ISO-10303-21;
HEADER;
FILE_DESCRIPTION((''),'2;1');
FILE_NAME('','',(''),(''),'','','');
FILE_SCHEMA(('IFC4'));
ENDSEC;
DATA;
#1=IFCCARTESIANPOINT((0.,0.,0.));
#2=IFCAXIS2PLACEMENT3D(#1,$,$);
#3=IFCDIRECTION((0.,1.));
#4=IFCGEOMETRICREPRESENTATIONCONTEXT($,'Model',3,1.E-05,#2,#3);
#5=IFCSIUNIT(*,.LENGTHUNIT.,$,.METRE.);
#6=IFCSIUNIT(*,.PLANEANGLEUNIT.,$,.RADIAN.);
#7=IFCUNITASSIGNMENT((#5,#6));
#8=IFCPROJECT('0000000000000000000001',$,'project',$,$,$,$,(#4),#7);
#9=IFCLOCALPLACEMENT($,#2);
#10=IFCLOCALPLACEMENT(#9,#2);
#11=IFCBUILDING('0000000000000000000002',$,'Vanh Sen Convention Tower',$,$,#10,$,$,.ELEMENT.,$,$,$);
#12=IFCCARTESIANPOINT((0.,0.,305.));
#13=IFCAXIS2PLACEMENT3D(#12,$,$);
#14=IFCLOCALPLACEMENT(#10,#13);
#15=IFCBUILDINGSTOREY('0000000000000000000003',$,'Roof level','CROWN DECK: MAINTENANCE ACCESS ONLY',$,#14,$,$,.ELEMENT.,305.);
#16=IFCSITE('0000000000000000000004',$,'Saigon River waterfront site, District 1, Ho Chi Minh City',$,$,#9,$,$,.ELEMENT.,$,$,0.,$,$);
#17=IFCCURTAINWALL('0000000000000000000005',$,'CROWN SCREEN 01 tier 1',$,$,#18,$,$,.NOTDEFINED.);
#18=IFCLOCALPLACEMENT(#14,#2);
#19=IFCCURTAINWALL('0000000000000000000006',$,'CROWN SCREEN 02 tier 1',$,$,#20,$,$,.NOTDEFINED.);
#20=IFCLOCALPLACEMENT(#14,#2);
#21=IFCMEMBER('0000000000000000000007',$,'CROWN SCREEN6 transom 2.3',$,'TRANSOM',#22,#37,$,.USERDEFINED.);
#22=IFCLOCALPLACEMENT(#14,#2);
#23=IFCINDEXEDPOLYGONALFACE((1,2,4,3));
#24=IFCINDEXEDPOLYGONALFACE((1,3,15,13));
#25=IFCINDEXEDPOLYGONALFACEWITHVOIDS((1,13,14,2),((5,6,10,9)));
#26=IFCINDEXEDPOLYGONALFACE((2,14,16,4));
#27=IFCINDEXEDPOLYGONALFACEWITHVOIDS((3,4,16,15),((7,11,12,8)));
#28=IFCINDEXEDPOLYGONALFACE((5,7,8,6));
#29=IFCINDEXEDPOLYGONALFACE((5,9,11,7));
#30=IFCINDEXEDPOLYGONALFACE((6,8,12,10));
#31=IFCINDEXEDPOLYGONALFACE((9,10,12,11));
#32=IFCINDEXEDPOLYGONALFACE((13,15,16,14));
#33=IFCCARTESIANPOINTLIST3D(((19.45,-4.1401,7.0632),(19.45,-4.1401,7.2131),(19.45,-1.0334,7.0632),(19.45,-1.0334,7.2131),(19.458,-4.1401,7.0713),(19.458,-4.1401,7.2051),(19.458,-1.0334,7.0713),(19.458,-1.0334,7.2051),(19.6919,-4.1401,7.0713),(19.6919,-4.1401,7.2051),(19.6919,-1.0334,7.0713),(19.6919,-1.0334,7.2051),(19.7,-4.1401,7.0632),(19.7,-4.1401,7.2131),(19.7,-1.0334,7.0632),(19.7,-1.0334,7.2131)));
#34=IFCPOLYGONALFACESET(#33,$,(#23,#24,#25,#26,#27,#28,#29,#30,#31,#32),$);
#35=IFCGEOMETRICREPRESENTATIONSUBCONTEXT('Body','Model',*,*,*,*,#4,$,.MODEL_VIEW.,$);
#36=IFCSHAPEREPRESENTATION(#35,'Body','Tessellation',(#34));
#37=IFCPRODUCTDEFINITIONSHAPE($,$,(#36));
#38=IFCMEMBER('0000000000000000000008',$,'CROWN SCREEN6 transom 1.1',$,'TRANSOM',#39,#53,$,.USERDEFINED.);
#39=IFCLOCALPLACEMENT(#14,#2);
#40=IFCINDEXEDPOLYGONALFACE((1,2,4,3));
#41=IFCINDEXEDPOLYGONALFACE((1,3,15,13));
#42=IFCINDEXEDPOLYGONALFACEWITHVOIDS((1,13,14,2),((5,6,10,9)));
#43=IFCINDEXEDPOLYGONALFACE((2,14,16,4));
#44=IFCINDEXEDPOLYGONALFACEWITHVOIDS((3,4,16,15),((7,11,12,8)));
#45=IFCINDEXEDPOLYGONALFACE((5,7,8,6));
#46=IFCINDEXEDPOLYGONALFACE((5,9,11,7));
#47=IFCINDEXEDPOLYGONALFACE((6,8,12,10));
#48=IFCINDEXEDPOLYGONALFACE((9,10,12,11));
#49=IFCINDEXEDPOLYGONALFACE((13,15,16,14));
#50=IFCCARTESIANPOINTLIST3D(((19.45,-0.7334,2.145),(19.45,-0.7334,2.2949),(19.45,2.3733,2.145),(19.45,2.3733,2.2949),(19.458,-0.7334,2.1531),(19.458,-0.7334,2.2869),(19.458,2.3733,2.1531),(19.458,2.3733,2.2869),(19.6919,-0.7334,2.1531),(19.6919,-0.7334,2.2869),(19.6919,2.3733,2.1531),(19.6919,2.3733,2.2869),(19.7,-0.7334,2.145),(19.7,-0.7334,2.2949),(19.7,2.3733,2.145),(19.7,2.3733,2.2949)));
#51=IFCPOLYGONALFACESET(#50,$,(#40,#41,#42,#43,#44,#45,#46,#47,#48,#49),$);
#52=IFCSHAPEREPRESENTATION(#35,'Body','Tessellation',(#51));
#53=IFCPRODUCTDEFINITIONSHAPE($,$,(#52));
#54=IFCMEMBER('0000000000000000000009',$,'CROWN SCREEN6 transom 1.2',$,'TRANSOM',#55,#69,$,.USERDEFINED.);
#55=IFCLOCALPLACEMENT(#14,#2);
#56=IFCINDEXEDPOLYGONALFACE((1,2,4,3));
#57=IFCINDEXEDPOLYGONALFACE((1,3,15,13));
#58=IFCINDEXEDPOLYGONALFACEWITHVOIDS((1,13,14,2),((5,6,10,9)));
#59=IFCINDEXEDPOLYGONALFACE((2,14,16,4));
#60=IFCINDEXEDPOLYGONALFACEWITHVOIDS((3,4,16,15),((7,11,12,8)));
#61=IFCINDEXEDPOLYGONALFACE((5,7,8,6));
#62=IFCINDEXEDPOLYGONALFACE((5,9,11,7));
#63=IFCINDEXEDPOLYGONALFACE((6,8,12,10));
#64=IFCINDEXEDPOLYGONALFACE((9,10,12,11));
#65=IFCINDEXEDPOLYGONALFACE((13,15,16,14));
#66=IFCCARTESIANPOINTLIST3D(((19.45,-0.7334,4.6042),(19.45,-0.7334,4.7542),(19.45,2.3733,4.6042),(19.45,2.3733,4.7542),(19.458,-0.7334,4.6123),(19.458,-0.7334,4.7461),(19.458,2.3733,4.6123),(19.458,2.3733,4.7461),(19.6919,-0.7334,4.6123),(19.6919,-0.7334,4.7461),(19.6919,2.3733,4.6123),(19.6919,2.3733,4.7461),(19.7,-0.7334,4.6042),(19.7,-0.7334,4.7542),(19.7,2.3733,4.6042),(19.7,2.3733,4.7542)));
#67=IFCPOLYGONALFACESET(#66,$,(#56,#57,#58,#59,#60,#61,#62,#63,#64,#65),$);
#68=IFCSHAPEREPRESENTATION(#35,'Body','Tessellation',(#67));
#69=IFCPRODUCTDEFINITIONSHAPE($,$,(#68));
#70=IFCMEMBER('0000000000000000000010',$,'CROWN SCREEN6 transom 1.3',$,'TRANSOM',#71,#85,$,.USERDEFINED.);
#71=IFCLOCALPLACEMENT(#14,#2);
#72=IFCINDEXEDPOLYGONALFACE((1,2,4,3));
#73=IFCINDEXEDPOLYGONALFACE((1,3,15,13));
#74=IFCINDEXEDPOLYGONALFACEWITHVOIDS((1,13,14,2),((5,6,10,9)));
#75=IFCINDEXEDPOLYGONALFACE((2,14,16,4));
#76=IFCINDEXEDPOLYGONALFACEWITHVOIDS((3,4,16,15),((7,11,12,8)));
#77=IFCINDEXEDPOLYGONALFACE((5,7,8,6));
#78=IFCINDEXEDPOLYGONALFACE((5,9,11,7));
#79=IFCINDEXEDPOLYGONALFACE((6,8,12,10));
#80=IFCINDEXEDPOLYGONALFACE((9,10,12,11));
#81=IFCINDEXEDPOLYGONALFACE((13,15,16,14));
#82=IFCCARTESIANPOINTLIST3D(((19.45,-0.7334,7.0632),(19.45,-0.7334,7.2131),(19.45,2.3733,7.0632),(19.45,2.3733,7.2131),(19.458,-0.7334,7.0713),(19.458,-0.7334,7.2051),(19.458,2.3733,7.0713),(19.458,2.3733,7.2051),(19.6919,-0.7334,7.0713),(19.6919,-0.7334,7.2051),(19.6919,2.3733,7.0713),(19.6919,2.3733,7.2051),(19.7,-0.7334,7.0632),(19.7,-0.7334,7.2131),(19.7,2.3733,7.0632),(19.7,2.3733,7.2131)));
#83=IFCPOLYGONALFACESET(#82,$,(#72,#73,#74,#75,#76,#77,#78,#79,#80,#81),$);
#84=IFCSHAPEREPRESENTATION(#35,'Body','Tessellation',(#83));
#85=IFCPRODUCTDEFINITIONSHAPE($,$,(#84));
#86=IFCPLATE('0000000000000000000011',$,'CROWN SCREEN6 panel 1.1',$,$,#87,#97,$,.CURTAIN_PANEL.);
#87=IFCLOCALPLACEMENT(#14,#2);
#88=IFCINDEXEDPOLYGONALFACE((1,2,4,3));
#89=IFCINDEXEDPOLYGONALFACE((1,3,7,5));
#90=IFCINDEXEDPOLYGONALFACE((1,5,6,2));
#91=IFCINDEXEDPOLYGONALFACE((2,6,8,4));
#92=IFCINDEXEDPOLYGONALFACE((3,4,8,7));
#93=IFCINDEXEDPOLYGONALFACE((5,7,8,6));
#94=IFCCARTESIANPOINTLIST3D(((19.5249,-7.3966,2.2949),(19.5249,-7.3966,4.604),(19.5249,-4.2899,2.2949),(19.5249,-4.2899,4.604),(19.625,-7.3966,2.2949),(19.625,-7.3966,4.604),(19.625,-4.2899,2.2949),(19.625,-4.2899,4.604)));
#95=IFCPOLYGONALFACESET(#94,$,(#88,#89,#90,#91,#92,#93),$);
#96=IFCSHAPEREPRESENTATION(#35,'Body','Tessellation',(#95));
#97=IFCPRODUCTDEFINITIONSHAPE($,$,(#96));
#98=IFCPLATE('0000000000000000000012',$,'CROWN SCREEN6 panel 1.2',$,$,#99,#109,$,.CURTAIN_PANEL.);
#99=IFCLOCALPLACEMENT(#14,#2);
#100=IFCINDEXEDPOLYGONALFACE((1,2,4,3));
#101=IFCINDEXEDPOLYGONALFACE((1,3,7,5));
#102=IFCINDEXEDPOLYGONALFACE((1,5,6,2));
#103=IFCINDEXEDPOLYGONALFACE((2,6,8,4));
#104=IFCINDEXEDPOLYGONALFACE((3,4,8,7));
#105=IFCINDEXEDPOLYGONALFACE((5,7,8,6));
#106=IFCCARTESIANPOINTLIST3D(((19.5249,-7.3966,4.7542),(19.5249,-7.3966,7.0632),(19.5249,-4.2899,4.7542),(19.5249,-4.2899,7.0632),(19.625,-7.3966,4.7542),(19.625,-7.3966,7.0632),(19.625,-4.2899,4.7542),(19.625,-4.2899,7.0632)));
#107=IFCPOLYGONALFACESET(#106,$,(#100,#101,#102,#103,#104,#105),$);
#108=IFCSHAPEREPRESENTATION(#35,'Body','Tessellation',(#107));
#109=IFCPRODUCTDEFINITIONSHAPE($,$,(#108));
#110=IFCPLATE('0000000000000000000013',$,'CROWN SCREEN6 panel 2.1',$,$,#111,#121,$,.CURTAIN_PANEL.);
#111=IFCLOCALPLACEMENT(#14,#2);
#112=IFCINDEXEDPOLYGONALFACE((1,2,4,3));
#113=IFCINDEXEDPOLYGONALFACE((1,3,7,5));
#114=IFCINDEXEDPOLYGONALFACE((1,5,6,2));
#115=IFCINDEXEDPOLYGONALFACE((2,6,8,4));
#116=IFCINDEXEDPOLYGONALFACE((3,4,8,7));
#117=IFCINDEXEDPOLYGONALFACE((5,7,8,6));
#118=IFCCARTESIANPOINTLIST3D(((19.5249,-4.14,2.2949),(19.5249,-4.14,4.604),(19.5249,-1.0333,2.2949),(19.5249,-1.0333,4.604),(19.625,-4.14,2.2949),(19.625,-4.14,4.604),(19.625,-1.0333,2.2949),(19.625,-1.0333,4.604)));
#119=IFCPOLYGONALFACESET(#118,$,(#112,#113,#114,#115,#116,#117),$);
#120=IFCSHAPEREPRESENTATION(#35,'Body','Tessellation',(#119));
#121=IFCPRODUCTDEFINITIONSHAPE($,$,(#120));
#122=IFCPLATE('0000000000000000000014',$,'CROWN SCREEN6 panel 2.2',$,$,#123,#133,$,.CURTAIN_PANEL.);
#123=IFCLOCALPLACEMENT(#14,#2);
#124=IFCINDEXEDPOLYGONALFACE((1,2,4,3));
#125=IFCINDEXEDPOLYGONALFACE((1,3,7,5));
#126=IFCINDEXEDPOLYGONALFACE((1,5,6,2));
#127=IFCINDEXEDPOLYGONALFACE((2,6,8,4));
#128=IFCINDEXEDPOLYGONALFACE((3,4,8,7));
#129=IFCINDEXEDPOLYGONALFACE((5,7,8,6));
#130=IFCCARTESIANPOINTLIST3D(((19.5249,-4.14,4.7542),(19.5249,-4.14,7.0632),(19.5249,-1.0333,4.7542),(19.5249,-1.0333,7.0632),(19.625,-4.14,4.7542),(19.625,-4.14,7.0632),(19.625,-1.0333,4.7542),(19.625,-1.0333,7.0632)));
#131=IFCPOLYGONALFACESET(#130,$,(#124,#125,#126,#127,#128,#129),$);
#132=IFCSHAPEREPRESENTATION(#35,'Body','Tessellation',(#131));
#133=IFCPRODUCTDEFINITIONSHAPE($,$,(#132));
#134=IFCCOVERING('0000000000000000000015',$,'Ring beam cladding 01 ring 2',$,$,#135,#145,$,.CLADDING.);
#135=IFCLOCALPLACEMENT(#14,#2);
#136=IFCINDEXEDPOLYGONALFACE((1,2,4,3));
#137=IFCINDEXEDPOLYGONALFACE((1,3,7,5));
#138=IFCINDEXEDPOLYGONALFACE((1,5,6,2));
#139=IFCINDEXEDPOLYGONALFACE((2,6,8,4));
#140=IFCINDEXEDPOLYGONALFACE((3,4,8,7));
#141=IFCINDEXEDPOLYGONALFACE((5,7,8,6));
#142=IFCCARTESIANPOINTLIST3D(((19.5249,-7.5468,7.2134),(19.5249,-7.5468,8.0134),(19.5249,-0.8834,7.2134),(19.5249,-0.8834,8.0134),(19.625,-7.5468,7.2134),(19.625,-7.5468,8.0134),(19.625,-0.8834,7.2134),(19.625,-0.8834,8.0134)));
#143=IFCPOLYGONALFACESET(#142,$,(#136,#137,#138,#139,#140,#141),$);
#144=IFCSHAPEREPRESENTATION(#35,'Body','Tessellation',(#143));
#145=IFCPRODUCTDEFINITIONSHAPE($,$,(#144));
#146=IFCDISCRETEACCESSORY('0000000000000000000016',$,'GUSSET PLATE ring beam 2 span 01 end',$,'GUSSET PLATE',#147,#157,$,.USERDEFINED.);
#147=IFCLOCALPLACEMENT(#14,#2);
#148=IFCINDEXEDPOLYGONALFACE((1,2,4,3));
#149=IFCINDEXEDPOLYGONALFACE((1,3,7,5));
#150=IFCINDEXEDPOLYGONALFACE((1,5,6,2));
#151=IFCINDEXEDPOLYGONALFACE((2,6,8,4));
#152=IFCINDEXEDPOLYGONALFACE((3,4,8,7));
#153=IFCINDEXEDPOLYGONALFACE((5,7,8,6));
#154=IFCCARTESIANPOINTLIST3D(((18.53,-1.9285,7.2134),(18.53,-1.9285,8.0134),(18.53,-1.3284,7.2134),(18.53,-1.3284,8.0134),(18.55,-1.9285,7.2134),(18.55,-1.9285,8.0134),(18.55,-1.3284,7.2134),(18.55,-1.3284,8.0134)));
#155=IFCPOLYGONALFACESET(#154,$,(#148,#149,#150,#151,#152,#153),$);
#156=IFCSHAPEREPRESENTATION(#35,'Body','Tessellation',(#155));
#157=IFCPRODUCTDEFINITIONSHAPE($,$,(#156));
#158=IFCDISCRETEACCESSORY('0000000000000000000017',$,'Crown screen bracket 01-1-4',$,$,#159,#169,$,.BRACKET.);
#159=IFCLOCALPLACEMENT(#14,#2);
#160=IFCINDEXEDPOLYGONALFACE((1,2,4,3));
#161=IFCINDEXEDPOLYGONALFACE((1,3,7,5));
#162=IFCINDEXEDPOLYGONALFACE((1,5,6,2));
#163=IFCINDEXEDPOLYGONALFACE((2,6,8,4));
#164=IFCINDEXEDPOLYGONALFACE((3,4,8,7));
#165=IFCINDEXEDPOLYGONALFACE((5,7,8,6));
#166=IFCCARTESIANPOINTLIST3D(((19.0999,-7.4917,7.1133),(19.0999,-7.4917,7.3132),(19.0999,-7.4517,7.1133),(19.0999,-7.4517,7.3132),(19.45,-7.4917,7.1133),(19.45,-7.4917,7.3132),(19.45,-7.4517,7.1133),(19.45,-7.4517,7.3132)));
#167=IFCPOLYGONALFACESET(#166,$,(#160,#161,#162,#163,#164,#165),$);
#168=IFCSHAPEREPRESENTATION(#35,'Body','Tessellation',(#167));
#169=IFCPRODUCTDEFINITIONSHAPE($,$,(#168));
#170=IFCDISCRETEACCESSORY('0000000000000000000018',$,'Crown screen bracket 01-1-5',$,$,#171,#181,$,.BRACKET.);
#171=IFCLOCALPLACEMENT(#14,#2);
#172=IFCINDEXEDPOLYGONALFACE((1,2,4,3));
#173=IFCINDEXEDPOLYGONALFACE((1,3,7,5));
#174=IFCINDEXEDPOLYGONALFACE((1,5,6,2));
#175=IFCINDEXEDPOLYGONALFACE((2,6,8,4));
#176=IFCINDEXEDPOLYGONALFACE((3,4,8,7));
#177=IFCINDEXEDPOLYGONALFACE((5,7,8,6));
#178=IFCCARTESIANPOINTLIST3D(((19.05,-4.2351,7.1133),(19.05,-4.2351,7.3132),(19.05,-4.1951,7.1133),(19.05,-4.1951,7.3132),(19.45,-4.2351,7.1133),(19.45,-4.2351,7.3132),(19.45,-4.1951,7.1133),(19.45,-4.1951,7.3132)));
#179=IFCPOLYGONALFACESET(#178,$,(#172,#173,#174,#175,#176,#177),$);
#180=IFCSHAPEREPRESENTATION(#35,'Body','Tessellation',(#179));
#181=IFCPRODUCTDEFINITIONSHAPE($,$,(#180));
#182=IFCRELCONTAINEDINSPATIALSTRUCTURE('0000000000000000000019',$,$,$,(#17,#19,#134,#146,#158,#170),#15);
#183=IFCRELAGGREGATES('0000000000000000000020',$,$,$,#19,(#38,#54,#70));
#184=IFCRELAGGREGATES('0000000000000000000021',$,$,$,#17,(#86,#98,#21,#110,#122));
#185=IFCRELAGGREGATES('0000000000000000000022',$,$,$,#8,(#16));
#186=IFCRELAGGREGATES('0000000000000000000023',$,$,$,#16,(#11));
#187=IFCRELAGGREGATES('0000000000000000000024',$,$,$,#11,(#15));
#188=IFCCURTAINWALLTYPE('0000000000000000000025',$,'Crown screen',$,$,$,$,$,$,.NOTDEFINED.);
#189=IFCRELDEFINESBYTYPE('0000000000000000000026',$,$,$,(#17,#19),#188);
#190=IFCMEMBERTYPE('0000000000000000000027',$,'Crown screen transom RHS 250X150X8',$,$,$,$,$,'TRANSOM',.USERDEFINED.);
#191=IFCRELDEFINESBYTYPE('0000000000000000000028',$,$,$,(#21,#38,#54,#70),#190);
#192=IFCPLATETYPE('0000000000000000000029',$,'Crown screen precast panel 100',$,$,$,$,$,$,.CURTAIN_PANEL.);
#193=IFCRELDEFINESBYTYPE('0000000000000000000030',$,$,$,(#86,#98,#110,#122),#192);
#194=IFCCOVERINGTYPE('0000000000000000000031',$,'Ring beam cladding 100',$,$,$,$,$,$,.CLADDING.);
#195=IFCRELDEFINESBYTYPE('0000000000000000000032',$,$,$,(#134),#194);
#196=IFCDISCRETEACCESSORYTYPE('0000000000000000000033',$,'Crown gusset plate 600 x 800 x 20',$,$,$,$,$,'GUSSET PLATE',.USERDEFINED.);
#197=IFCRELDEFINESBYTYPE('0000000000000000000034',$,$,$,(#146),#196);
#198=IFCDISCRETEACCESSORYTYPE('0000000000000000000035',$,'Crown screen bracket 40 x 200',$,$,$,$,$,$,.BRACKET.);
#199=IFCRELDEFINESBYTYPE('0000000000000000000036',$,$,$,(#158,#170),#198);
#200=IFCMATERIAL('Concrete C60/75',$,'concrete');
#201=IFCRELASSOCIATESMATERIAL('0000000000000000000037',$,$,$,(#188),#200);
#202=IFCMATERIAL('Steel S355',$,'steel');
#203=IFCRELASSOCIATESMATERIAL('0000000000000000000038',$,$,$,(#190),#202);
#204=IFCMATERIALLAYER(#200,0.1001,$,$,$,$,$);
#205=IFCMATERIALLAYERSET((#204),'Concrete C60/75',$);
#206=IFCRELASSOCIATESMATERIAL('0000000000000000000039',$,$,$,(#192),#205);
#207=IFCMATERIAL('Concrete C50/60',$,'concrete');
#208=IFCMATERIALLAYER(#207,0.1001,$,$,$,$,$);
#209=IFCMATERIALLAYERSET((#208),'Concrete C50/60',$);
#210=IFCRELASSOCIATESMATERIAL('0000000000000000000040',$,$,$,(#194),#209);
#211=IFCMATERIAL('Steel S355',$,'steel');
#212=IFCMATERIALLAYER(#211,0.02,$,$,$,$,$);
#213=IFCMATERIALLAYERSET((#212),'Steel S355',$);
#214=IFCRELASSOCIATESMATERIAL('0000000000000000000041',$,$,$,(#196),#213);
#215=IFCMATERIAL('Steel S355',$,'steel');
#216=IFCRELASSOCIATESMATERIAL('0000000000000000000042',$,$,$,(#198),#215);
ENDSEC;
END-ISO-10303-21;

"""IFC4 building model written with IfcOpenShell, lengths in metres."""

from ifc_helpers import new_model, si_unit, direction, frame, origin, origin_2d, place, context, subcontext, project, spatial, rectangle, hollow_rectangle, extrude, material, layer, layer_set, material_profile, profile_set, type_object, element, aggregate, save


model = new_model("IFC4")

# Units and contexts
model_context = context("Model", 3, precision=1e-05, world=origin(), true_north=direction((0.0, 1.0)))
body_context = subcontext(model_context, "Body", "Model", "MODEL_VIEW")
ifc_project = project(units=[si_unit("LENGTHUNIT", "METRE"), si_unit("PLANEANGLEUNIT", "RADIAN")], contexts=[model_context])

# Site, building, storey
site_placement = place(None, origin())
site = spatial("IfcSite", under=ifc_project, at=site_placement, Name="Saigon River waterfront site, District 1, Ho Chi Minh City", CompositionType="ELEMENT", RefElevation=0.0)
building_placement = place(site_placement, origin())
building = spatial("IfcBuilding", under=site, at=building_placement, Name="Vanh Sen Convention Tower", CompositionType="ELEMENT")
storey_placement = place(building_placement, frame((0.0, 0.0, 305.0)))
storey = spatial("IfcBuildingStorey", under=building, at=storey_placement, Name="Roof level", Description="CROWN DECK: MAINTENANCE ACCESS ONLY", CompositionType="ELEMENT", Elevation=305.0)

# Curtain wall
ifc_material_1 = material(Name="Concrete C60/75", Category="concrete")
curtain_wall_type = type_object("IfcCurtainWallType", Name="Crown screen", PredefinedType="NOTDEFINED", material=ifc_material_1)
curtain_wall_1_placement = place(storey_placement, origin())
curtain_wall_1 = element("IfcCurtainWall", 1, at=curtain_wall_1_placement, inside=storey, type_object=curtain_wall_type, Name="CROWN SCREEN 01 tier 1", PredefinedType="NOTDEFINED")
ifc_material_2 = material(Name="Steel S355", Category="steel")

# Curtain wall
curtain_wall_2_placement = place(storey_placement, origin())
curtain_wall_2 = element("IfcCurtainWall", 2, at=curtain_wall_2_placement, inside=storey, type_object=curtain_wall_type, Name="CROWN SCREEN 02 tier 1", PredefinedType="NOTDEFINED")

# Members
ifc_material_profile_1 = material_profile(ifc_material_2, hollow_rectangle(XDim=0.25, YDim=0.1499, WallThickness=0.0081, at=origin_2d()), Name="RHS 250X150X8")
ifc_profile_set_1 = profile_set([ifc_material_profile_1], Name="Steel S355")
member_type_1 = type_object("IfcMemberType", Name="Crown screen transom RHS 250X150X8", ElementType="TRANSOM", PredefinedType="USERDEFINED", material=ifc_profile_set_1)
member_1_placement = place(storey_placement, frame((19.575, -4.1401, 7.1382), z_axis=(0.0, 1.0, 0.0), x_axis=(-1.0, 0.0, 0.0)))
member_1 = element("IfcMember", 3, at=member_1_placement, type_object=member_type_1, Name="CROWN SCREEN6 transom 2.3", ObjectType="TRANSOM", PredefinedType="USERDEFINED", context=body_context, shape_type="SweptSolid", body=[
    extrude(hollow_rectangle(XDim=0.25, YDim=0.1499, WallThickness=0.0081, at=origin_2d()), origin(), (0.0, 0.0, 1.0), 3.1067),
])
member_2_placement = place(storey_placement, frame((19.575, -0.7334, 2.22), z_axis=(0.0, 1.0, 0.0), x_axis=(-1.0, 0.0, 0.0)))
member_2 = element("IfcMember", 4, at=member_2_placement, type_object=member_type_1, Name="CROWN SCREEN6 transom 1.1", ObjectType="TRANSOM", PredefinedType="USERDEFINED", context=body_context, shape_type="SweptSolid", body=[
    extrude(hollow_rectangle(XDim=0.25, YDim=0.1499, WallThickness=0.0081, at=origin_2d()), origin(), (0.0, 0.0, 1.0), 3.1067),
])
member_3_placement = place(storey_placement, frame((19.575, -0.7334, 4.6792), z_axis=(0.0, 1.0, 0.0), x_axis=(-1.0, 0.0, 0.0)))
member_3 = element("IfcMember", 5, at=member_3_placement, type_object=member_type_1, Name="CROWN SCREEN6 transom 1.2", ObjectType="TRANSOM", PredefinedType="USERDEFINED", context=body_context, shape_type="SweptSolid", body=[
    extrude(hollow_rectangle(XDim=0.25, YDim=0.1499, WallThickness=0.0081, at=origin_2d()), origin(), (0.0, 0.0, 1.0), 3.1067),
])
member_4_placement = place(storey_placement, frame((19.575, -0.7334, 7.1382), z_axis=(0.0, 1.0, 0.0), x_axis=(-1.0, 0.0, 0.0)))
member_4 = element("IfcMember", 6, at=member_4_placement, type_object=member_type_1, Name="CROWN SCREEN6 transom 1.3", ObjectType="TRANSOM", PredefinedType="USERDEFINED", context=body_context, shape_type="SweptSolid", body=[
    extrude(hollow_rectangle(XDim=0.25, YDim=0.1499, WallThickness=0.0081, at=origin_2d()), origin(), (0.0, 0.0, 1.0), 3.1067),
])
aggregate(curtain_wall_2, [member_2, member_3, member_4])

# Plates
ifc_layer_1 = layer(ifc_material_1, 0.1001)
ifc_layer_set_1 = layer_set([ifc_layer_1], Name="Concrete C60/75")
plate_type = type_object("IfcPlateType", Name="Crown screen precast panel 100", PredefinedType="CURTAIN_PANEL", material=ifc_layer_set_1)
plate_1_placement = place(storey_placement, frame((19.575, -5.8433, 2.2949), z_axis=(0.0, 0.0, 1.0), x_axis=(0.0, 1.0, 0.0)))
plate_1 = element("IfcPlate", 7, at=plate_1_placement, type_object=plate_type, Name="CROWN SCREEN6 panel 1.1", PredefinedType="CURTAIN_PANEL", context=body_context, shape_type="SweptSolid", body=[
    extrude(rectangle(XDim=3.1067, YDim=0.1001, at=origin_2d()), origin(), (0.0, 0.0, 1.0), 2.3091),
])
plate_2_placement = place(storey_placement, frame((19.575, -5.8433, 4.7542), z_axis=(0.0, 0.0, 1.0), x_axis=(0.0, 1.0, 0.0)))
plate_2 = element("IfcPlate", 8, at=plate_2_placement, type_object=plate_type, Name="CROWN SCREEN6 panel 1.2", PredefinedType="CURTAIN_PANEL", context=body_context, shape_type="SweptSolid", body=[
    extrude(rectangle(XDim=3.1067, YDim=0.1001, at=origin_2d()), origin(), (0.0, 0.0, 1.0), 2.3091),
])
plate_3_placement = place(storey_placement, frame((19.575, -2.5867, 2.2949), z_axis=(0.0, 0.0, 1.0), x_axis=(0.0, 1.0, 0.0)))
plate_3 = element("IfcPlate", 9, at=plate_3_placement, type_object=plate_type, Name="CROWN SCREEN6 panel 2.1", PredefinedType="CURTAIN_PANEL", context=body_context, shape_type="SweptSolid", body=[
    extrude(rectangle(XDim=3.1067, YDim=0.1001, at=origin_2d()), origin(), (0.0, 0.0, 1.0), 2.3091),
])
plate_4_placement = place(storey_placement, frame((19.575, -2.5867, 4.7542), z_axis=(0.0, 0.0, 1.0), x_axis=(0.0, 1.0, 0.0)))
plate_4 = element("IfcPlate", 10, at=plate_4_placement, type_object=plate_type, Name="CROWN SCREEN6 panel 2.2", PredefinedType="CURTAIN_PANEL", context=body_context, shape_type="SweptSolid", body=[
    extrude(rectangle(XDim=3.1067, YDim=0.1001, at=origin_2d()), origin(), (0.0, 0.0, 1.0), 2.3091),
])
aggregate(curtain_wall_1, [plate_1, plate_2, member_1, plate_3, plate_4])

# Covering
ifc_material_3 = material(Name="Concrete C50/60", Category="concrete")
ifc_layer_2 = layer(ifc_material_3, 0.1001)
ifc_layer_set_2 = layer_set([ifc_layer_2], Name="Concrete C50/60")
covering_type = type_object("IfcCoveringType", Name="Ring beam cladding 100", PredefinedType="CLADDING", material=ifc_layer_set_2)
covering_placement = place(storey_placement, frame((19.575, -4.2151, 7.2134), z_axis=(0.0, 0.0, 1.0), x_axis=(0.0, 1.0, 0.0)))
element("IfcCovering", 11, at=covering_placement, inside=storey, type_object=covering_type, Name="Ring beam cladding 01 ring 2", PredefinedType="CLADDING", context=body_context, shape_type="SweptSolid", body=[
    extrude(rectangle(XDim=6.6633, YDim=0.1001, at=origin_2d()), origin(), (0.0, 0.0, 1.0), 0.8),
])

# Discrete accessories
ifc_material_4 = material(Name="Steel S355", Category="steel")
ifc_layer_3 = layer(ifc_material_4, 0.02)
ifc_layer_set_3 = layer_set([ifc_layer_3], Name="Steel S355")
discrete_accessory_type_1 = type_object("IfcDiscreteAccessoryType", Name="Crown gusset plate 600 x 800 x 20", ElementType="GUSSET PLATE", PredefinedType="USERDEFINED", material=ifc_layer_set_3)
discrete_accessory_1_placement = place(storey_placement, frame((18.54, -1.6284, 7.2134), z_axis=(0.0, 0.0, 1.0), x_axis=(0.0, -1.0, 0.0)))
element("IfcDiscreteAccessory", 12, at=discrete_accessory_1_placement, inside=storey, type_object=discrete_accessory_type_1, Name="GUSSET PLATE ring beam 2 span 01 end", ObjectType="GUSSET PLATE", PredefinedType="USERDEFINED", context=body_context, shape_type="SweptSolid", body=[
    extrude(rectangle(XDim=0.6001, YDim=0.02, at=origin_2d()), origin(), (0.0, 0.0, 1.0), 0.8),
])
ifc_material_5 = material(Name="Steel S355", Category="steel")
discrete_accessory_type_2 = type_object("IfcDiscreteAccessoryType", Name="Crown screen bracket 40 x 200", PredefinedType="BRACKET", material=ifc_material_5)
discrete_accessory_2_placement = place(storey_placement, frame((19.2749, -7.4717, 7.1133), z_axis=(0.0, 0.0, 1.0), x_axis=(1.0, 0.0, 0.0)))
element("IfcDiscreteAccessory", 13, at=discrete_accessory_2_placement, inside=storey, type_object=discrete_accessory_type_2, Name="Crown screen bracket 01-1-4", PredefinedType="BRACKET", context=body_context, shape_type="SweptSolid", body=[
    extrude(rectangle(XDim=0.3501, YDim=0.04, at=origin_2d()), origin(), (0.0, 0.0, 1.0), 0.2),
])
discrete_accessory_3_placement = place(storey_placement, frame((19.25, -4.2151, 7.1133), z_axis=(0.0, 0.0, 1.0), x_axis=(1.0, 0.0, 0.0)))
element("IfcDiscreteAccessory", 14, at=discrete_accessory_3_placement, inside=storey, type_object=discrete_accessory_type_2, Name="Crown screen bracket 01-1-5", PredefinedType="BRACKET", context=body_context, shape_type="SweptSolid", body=[
    extrude(rectangle(XDim=0.3999, YDim=0.04, at=origin_2d()), origin(), (0.0, 0.0, 1.0), 0.2),
])

save(model, "model.ifc")
